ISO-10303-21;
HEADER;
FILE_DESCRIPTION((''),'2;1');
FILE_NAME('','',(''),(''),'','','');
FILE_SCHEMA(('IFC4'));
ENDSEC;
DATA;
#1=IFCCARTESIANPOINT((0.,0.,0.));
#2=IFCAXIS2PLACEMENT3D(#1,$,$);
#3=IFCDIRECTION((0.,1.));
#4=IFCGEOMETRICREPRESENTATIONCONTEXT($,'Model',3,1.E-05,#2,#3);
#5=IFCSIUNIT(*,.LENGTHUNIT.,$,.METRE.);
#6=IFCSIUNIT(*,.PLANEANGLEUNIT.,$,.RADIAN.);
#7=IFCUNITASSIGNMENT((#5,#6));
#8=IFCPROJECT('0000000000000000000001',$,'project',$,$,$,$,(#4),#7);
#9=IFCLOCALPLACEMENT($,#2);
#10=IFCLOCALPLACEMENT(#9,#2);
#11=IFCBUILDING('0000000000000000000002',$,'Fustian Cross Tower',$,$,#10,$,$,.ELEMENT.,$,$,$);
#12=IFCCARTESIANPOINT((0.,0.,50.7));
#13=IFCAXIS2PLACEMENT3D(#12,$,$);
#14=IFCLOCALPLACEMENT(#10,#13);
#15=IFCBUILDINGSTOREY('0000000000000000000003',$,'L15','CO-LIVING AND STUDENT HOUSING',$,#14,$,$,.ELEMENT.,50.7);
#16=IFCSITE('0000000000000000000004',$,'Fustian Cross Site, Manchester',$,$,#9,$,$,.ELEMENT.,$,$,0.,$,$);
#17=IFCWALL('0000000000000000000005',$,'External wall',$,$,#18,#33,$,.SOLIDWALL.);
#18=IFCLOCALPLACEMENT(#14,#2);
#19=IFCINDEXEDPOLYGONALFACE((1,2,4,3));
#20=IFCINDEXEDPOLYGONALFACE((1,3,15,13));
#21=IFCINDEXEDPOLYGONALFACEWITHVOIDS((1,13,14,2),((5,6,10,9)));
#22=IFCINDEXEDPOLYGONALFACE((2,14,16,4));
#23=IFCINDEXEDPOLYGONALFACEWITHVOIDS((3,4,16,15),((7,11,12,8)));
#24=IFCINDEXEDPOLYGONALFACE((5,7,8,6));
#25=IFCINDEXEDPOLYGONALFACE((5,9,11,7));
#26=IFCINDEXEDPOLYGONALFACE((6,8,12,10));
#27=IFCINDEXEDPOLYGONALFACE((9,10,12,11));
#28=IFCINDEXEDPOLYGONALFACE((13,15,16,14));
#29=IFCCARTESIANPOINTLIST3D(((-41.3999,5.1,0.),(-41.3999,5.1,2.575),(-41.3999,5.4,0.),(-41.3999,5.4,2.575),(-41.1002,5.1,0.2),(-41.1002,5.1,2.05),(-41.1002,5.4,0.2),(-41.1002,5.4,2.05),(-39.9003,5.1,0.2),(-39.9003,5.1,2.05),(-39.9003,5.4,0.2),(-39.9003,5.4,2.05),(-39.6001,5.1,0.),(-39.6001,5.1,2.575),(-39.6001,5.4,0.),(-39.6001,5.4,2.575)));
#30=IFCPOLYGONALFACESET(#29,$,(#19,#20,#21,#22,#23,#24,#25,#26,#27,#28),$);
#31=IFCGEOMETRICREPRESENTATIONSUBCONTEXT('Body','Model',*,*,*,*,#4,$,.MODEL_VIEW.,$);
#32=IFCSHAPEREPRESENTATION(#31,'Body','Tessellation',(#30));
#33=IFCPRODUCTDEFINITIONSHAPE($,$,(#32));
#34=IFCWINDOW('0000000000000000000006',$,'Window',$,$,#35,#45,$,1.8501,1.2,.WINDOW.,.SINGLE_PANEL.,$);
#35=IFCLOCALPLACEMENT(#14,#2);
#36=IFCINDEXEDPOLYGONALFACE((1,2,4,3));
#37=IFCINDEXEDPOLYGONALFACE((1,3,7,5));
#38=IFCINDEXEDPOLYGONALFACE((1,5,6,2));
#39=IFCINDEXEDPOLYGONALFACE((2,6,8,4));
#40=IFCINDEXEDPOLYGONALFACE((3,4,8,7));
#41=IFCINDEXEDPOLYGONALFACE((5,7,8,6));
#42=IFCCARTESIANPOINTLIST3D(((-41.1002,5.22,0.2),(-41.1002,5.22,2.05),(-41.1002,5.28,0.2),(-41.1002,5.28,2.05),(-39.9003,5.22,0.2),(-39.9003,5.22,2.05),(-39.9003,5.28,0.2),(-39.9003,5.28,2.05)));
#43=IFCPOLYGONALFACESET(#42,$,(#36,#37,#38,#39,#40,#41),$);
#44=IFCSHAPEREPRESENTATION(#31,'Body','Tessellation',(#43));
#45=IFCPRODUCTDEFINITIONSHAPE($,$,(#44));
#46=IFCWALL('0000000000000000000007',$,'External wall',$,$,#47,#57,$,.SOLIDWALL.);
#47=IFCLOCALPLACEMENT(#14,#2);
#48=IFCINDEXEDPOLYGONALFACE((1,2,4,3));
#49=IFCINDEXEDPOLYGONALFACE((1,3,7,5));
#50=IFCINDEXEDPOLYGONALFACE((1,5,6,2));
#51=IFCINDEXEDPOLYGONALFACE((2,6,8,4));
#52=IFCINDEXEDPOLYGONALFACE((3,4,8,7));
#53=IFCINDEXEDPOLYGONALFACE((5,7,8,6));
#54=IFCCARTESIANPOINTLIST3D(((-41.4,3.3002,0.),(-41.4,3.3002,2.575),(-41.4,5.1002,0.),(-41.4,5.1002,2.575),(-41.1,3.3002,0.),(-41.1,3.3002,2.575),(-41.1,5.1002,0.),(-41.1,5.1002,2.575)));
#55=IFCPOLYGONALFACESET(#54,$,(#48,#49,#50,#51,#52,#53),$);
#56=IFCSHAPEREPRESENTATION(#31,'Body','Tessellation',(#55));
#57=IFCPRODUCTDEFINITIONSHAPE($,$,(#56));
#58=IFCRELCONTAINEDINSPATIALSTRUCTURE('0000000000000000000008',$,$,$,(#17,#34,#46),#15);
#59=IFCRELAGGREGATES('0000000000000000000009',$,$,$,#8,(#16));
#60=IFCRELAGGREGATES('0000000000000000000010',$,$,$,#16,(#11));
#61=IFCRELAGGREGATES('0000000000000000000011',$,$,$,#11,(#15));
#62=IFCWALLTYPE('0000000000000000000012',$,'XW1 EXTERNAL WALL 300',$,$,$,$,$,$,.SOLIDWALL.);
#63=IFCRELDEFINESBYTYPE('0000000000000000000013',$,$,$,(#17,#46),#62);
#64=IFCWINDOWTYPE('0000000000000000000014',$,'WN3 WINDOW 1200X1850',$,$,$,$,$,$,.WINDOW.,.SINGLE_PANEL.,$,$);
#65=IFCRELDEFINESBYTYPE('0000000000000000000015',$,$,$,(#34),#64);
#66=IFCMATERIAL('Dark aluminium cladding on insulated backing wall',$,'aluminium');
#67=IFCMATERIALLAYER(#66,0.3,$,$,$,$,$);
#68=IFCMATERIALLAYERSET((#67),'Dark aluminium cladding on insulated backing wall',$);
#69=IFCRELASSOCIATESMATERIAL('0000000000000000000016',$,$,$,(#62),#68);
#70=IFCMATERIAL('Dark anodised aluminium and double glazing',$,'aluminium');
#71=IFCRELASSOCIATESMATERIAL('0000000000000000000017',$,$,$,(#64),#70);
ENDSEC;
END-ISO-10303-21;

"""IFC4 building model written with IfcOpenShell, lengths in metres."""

from ifc_helpers import new_model, si_unit, direction, frame, frame_2d, origin, place, context, subcontext, project, spatial, rectangle, extrude, material, layer, layer_set, type_object, element, fill, save


model = new_model("IFC4")

# Units and contexts
model_context = context("Model", 3, precision=1e-05, world=origin(), true_north=direction((0.0, 1.0)))
body_context = subcontext(model_context, "Body", "Model", "MODEL_VIEW")
ifc_project = project(units=[si_unit("LENGTHUNIT", "METRE"), si_unit("PLANEANGLEUNIT", "RADIAN")], contexts=[model_context])

# Site, building, storey
site_placement = place(None, origin())
site = spatial("IfcSite", under=ifc_project, at=site_placement, Name="Fustian Cross Site, Manchester", CompositionType="ELEMENT", RefElevation=0.0)
building_placement = place(site_placement, origin())
building = spatial("IfcBuilding", under=site, at=building_placement, Name="Fustian Cross Tower", CompositionType="ELEMENT")
storey_placement = place(building_placement, frame((0.0, 0.0, 50.7)))
storey = spatial("IfcBuildingStorey", under=building, at=storey_placement, Name="L15", Description="CO-LIVING AND STUDENT HOUSING", CompositionType="ELEMENT", Elevation=50.7)

# Shared definitions
ifc_material_1 = material(Name="Dark aluminium cladding on insulated backing wall", Category="aluminium")
ifc_layer = layer(ifc_material_1, 0.3)
ifc_layer_set = layer_set([ifc_layer], Name="Dark aluminium cladding on insulated backing wall")
wall_type = type_object("IfcWallType", Name="XW1 EXTERNAL WALL 300", PredefinedType="SOLIDWALL", material=ifc_layer_set)
ifc_material_2 = material(Name="Dark anodised aluminium and double glazing", Category="aluminium")
window_type = type_object("IfcWindowType", Name="WN3 WINDOW 1200X1850", PartitioningType="SINGLE_PANEL", PredefinedType="WINDOW", material=ifc_material_2)

# Wall, opening, window
wall_1_placement = place(storey_placement, frame((-39.6001, 5.25, 0.0), z_axis=(0.0, 0.0, 1.0), x_axis=(-1.0, 0.0, 0.0)))
wall_1 = element("IfcWall", 1, at=wall_1_placement, inside=storey, type_object=wall_type, Name="External wall", PredefinedType="SOLIDWALL", context=body_context, shape_type="SweptSolid", body=[
    extrude(rectangle(XDim=1.7998, YDim=0.3, at=frame_2d((0.8999, 0.0))), origin(), (0.0, 0.0, 1.0), 2.575),
])
opening_1_placement = place(wall_1_placement, frame((0.3, 0.0, 0.2)))
opening_1 = element("IfcOpeningElement", 2, at=opening_1_placement, cuts=wall_1, PredefinedType="OPENING", context=body_context, shape_type="SweptSolid", body=[
    extrude(rectangle(XDim=1.2, YDim=1.8501, at=frame_2d((0.6001, 0.925))), frame((0.0, 0.1599, 0.0), z_axis=(0.0, -1.0, 0.0), x_axis=(1.0, 0.0, 0.0)), (0.0, 0.0, 1.0), 0.3201),
])
window_1_placement = place(opening_1_placement, origin())
window_1 = element("IfcWindow", 3, at=window_1_placement, inside=storey, type_object=window_type, Name="Window", OverallHeight=1.8501, OverallWidth=1.2, PartitioningType="SINGLE_PANEL", PredefinedType="WINDOW", context=body_context, shape_type="SweptSolid", body=[
    extrude(rectangle(XDim=1.2, YDim=1.8501, at=frame_2d((0.6001, 0.925))), frame((0.0, 0.03, 0.0), z_axis=(0.0, -1.0, 0.0), x_axis=(1.0, 0.0, 0.0)), (0.0, 0.0, 1.0), 0.0601),
])
fill(opening_1, window_1)

# Wall
wall_2_placement = place(storey_placement, frame((-41.25, 5.1001, 0.0), z_axis=(0.0, 0.0, 1.0), x_axis=(0.0, -1.0, 0.0)))
element("IfcWall", 4, at=wall_2_placement, inside=storey, type_object=wall_type, Name="External wall", PredefinedType="SOLIDWALL", context=body_context, shape_type="SweptSolid", body=[
    extrude(rectangle(XDim=1.8, YDim=0.3, at=frame_2d((0.8999, 0.0))), origin(), (0.0, 0.0, 1.0), 2.575),
])

save(model, "model.ifc")
